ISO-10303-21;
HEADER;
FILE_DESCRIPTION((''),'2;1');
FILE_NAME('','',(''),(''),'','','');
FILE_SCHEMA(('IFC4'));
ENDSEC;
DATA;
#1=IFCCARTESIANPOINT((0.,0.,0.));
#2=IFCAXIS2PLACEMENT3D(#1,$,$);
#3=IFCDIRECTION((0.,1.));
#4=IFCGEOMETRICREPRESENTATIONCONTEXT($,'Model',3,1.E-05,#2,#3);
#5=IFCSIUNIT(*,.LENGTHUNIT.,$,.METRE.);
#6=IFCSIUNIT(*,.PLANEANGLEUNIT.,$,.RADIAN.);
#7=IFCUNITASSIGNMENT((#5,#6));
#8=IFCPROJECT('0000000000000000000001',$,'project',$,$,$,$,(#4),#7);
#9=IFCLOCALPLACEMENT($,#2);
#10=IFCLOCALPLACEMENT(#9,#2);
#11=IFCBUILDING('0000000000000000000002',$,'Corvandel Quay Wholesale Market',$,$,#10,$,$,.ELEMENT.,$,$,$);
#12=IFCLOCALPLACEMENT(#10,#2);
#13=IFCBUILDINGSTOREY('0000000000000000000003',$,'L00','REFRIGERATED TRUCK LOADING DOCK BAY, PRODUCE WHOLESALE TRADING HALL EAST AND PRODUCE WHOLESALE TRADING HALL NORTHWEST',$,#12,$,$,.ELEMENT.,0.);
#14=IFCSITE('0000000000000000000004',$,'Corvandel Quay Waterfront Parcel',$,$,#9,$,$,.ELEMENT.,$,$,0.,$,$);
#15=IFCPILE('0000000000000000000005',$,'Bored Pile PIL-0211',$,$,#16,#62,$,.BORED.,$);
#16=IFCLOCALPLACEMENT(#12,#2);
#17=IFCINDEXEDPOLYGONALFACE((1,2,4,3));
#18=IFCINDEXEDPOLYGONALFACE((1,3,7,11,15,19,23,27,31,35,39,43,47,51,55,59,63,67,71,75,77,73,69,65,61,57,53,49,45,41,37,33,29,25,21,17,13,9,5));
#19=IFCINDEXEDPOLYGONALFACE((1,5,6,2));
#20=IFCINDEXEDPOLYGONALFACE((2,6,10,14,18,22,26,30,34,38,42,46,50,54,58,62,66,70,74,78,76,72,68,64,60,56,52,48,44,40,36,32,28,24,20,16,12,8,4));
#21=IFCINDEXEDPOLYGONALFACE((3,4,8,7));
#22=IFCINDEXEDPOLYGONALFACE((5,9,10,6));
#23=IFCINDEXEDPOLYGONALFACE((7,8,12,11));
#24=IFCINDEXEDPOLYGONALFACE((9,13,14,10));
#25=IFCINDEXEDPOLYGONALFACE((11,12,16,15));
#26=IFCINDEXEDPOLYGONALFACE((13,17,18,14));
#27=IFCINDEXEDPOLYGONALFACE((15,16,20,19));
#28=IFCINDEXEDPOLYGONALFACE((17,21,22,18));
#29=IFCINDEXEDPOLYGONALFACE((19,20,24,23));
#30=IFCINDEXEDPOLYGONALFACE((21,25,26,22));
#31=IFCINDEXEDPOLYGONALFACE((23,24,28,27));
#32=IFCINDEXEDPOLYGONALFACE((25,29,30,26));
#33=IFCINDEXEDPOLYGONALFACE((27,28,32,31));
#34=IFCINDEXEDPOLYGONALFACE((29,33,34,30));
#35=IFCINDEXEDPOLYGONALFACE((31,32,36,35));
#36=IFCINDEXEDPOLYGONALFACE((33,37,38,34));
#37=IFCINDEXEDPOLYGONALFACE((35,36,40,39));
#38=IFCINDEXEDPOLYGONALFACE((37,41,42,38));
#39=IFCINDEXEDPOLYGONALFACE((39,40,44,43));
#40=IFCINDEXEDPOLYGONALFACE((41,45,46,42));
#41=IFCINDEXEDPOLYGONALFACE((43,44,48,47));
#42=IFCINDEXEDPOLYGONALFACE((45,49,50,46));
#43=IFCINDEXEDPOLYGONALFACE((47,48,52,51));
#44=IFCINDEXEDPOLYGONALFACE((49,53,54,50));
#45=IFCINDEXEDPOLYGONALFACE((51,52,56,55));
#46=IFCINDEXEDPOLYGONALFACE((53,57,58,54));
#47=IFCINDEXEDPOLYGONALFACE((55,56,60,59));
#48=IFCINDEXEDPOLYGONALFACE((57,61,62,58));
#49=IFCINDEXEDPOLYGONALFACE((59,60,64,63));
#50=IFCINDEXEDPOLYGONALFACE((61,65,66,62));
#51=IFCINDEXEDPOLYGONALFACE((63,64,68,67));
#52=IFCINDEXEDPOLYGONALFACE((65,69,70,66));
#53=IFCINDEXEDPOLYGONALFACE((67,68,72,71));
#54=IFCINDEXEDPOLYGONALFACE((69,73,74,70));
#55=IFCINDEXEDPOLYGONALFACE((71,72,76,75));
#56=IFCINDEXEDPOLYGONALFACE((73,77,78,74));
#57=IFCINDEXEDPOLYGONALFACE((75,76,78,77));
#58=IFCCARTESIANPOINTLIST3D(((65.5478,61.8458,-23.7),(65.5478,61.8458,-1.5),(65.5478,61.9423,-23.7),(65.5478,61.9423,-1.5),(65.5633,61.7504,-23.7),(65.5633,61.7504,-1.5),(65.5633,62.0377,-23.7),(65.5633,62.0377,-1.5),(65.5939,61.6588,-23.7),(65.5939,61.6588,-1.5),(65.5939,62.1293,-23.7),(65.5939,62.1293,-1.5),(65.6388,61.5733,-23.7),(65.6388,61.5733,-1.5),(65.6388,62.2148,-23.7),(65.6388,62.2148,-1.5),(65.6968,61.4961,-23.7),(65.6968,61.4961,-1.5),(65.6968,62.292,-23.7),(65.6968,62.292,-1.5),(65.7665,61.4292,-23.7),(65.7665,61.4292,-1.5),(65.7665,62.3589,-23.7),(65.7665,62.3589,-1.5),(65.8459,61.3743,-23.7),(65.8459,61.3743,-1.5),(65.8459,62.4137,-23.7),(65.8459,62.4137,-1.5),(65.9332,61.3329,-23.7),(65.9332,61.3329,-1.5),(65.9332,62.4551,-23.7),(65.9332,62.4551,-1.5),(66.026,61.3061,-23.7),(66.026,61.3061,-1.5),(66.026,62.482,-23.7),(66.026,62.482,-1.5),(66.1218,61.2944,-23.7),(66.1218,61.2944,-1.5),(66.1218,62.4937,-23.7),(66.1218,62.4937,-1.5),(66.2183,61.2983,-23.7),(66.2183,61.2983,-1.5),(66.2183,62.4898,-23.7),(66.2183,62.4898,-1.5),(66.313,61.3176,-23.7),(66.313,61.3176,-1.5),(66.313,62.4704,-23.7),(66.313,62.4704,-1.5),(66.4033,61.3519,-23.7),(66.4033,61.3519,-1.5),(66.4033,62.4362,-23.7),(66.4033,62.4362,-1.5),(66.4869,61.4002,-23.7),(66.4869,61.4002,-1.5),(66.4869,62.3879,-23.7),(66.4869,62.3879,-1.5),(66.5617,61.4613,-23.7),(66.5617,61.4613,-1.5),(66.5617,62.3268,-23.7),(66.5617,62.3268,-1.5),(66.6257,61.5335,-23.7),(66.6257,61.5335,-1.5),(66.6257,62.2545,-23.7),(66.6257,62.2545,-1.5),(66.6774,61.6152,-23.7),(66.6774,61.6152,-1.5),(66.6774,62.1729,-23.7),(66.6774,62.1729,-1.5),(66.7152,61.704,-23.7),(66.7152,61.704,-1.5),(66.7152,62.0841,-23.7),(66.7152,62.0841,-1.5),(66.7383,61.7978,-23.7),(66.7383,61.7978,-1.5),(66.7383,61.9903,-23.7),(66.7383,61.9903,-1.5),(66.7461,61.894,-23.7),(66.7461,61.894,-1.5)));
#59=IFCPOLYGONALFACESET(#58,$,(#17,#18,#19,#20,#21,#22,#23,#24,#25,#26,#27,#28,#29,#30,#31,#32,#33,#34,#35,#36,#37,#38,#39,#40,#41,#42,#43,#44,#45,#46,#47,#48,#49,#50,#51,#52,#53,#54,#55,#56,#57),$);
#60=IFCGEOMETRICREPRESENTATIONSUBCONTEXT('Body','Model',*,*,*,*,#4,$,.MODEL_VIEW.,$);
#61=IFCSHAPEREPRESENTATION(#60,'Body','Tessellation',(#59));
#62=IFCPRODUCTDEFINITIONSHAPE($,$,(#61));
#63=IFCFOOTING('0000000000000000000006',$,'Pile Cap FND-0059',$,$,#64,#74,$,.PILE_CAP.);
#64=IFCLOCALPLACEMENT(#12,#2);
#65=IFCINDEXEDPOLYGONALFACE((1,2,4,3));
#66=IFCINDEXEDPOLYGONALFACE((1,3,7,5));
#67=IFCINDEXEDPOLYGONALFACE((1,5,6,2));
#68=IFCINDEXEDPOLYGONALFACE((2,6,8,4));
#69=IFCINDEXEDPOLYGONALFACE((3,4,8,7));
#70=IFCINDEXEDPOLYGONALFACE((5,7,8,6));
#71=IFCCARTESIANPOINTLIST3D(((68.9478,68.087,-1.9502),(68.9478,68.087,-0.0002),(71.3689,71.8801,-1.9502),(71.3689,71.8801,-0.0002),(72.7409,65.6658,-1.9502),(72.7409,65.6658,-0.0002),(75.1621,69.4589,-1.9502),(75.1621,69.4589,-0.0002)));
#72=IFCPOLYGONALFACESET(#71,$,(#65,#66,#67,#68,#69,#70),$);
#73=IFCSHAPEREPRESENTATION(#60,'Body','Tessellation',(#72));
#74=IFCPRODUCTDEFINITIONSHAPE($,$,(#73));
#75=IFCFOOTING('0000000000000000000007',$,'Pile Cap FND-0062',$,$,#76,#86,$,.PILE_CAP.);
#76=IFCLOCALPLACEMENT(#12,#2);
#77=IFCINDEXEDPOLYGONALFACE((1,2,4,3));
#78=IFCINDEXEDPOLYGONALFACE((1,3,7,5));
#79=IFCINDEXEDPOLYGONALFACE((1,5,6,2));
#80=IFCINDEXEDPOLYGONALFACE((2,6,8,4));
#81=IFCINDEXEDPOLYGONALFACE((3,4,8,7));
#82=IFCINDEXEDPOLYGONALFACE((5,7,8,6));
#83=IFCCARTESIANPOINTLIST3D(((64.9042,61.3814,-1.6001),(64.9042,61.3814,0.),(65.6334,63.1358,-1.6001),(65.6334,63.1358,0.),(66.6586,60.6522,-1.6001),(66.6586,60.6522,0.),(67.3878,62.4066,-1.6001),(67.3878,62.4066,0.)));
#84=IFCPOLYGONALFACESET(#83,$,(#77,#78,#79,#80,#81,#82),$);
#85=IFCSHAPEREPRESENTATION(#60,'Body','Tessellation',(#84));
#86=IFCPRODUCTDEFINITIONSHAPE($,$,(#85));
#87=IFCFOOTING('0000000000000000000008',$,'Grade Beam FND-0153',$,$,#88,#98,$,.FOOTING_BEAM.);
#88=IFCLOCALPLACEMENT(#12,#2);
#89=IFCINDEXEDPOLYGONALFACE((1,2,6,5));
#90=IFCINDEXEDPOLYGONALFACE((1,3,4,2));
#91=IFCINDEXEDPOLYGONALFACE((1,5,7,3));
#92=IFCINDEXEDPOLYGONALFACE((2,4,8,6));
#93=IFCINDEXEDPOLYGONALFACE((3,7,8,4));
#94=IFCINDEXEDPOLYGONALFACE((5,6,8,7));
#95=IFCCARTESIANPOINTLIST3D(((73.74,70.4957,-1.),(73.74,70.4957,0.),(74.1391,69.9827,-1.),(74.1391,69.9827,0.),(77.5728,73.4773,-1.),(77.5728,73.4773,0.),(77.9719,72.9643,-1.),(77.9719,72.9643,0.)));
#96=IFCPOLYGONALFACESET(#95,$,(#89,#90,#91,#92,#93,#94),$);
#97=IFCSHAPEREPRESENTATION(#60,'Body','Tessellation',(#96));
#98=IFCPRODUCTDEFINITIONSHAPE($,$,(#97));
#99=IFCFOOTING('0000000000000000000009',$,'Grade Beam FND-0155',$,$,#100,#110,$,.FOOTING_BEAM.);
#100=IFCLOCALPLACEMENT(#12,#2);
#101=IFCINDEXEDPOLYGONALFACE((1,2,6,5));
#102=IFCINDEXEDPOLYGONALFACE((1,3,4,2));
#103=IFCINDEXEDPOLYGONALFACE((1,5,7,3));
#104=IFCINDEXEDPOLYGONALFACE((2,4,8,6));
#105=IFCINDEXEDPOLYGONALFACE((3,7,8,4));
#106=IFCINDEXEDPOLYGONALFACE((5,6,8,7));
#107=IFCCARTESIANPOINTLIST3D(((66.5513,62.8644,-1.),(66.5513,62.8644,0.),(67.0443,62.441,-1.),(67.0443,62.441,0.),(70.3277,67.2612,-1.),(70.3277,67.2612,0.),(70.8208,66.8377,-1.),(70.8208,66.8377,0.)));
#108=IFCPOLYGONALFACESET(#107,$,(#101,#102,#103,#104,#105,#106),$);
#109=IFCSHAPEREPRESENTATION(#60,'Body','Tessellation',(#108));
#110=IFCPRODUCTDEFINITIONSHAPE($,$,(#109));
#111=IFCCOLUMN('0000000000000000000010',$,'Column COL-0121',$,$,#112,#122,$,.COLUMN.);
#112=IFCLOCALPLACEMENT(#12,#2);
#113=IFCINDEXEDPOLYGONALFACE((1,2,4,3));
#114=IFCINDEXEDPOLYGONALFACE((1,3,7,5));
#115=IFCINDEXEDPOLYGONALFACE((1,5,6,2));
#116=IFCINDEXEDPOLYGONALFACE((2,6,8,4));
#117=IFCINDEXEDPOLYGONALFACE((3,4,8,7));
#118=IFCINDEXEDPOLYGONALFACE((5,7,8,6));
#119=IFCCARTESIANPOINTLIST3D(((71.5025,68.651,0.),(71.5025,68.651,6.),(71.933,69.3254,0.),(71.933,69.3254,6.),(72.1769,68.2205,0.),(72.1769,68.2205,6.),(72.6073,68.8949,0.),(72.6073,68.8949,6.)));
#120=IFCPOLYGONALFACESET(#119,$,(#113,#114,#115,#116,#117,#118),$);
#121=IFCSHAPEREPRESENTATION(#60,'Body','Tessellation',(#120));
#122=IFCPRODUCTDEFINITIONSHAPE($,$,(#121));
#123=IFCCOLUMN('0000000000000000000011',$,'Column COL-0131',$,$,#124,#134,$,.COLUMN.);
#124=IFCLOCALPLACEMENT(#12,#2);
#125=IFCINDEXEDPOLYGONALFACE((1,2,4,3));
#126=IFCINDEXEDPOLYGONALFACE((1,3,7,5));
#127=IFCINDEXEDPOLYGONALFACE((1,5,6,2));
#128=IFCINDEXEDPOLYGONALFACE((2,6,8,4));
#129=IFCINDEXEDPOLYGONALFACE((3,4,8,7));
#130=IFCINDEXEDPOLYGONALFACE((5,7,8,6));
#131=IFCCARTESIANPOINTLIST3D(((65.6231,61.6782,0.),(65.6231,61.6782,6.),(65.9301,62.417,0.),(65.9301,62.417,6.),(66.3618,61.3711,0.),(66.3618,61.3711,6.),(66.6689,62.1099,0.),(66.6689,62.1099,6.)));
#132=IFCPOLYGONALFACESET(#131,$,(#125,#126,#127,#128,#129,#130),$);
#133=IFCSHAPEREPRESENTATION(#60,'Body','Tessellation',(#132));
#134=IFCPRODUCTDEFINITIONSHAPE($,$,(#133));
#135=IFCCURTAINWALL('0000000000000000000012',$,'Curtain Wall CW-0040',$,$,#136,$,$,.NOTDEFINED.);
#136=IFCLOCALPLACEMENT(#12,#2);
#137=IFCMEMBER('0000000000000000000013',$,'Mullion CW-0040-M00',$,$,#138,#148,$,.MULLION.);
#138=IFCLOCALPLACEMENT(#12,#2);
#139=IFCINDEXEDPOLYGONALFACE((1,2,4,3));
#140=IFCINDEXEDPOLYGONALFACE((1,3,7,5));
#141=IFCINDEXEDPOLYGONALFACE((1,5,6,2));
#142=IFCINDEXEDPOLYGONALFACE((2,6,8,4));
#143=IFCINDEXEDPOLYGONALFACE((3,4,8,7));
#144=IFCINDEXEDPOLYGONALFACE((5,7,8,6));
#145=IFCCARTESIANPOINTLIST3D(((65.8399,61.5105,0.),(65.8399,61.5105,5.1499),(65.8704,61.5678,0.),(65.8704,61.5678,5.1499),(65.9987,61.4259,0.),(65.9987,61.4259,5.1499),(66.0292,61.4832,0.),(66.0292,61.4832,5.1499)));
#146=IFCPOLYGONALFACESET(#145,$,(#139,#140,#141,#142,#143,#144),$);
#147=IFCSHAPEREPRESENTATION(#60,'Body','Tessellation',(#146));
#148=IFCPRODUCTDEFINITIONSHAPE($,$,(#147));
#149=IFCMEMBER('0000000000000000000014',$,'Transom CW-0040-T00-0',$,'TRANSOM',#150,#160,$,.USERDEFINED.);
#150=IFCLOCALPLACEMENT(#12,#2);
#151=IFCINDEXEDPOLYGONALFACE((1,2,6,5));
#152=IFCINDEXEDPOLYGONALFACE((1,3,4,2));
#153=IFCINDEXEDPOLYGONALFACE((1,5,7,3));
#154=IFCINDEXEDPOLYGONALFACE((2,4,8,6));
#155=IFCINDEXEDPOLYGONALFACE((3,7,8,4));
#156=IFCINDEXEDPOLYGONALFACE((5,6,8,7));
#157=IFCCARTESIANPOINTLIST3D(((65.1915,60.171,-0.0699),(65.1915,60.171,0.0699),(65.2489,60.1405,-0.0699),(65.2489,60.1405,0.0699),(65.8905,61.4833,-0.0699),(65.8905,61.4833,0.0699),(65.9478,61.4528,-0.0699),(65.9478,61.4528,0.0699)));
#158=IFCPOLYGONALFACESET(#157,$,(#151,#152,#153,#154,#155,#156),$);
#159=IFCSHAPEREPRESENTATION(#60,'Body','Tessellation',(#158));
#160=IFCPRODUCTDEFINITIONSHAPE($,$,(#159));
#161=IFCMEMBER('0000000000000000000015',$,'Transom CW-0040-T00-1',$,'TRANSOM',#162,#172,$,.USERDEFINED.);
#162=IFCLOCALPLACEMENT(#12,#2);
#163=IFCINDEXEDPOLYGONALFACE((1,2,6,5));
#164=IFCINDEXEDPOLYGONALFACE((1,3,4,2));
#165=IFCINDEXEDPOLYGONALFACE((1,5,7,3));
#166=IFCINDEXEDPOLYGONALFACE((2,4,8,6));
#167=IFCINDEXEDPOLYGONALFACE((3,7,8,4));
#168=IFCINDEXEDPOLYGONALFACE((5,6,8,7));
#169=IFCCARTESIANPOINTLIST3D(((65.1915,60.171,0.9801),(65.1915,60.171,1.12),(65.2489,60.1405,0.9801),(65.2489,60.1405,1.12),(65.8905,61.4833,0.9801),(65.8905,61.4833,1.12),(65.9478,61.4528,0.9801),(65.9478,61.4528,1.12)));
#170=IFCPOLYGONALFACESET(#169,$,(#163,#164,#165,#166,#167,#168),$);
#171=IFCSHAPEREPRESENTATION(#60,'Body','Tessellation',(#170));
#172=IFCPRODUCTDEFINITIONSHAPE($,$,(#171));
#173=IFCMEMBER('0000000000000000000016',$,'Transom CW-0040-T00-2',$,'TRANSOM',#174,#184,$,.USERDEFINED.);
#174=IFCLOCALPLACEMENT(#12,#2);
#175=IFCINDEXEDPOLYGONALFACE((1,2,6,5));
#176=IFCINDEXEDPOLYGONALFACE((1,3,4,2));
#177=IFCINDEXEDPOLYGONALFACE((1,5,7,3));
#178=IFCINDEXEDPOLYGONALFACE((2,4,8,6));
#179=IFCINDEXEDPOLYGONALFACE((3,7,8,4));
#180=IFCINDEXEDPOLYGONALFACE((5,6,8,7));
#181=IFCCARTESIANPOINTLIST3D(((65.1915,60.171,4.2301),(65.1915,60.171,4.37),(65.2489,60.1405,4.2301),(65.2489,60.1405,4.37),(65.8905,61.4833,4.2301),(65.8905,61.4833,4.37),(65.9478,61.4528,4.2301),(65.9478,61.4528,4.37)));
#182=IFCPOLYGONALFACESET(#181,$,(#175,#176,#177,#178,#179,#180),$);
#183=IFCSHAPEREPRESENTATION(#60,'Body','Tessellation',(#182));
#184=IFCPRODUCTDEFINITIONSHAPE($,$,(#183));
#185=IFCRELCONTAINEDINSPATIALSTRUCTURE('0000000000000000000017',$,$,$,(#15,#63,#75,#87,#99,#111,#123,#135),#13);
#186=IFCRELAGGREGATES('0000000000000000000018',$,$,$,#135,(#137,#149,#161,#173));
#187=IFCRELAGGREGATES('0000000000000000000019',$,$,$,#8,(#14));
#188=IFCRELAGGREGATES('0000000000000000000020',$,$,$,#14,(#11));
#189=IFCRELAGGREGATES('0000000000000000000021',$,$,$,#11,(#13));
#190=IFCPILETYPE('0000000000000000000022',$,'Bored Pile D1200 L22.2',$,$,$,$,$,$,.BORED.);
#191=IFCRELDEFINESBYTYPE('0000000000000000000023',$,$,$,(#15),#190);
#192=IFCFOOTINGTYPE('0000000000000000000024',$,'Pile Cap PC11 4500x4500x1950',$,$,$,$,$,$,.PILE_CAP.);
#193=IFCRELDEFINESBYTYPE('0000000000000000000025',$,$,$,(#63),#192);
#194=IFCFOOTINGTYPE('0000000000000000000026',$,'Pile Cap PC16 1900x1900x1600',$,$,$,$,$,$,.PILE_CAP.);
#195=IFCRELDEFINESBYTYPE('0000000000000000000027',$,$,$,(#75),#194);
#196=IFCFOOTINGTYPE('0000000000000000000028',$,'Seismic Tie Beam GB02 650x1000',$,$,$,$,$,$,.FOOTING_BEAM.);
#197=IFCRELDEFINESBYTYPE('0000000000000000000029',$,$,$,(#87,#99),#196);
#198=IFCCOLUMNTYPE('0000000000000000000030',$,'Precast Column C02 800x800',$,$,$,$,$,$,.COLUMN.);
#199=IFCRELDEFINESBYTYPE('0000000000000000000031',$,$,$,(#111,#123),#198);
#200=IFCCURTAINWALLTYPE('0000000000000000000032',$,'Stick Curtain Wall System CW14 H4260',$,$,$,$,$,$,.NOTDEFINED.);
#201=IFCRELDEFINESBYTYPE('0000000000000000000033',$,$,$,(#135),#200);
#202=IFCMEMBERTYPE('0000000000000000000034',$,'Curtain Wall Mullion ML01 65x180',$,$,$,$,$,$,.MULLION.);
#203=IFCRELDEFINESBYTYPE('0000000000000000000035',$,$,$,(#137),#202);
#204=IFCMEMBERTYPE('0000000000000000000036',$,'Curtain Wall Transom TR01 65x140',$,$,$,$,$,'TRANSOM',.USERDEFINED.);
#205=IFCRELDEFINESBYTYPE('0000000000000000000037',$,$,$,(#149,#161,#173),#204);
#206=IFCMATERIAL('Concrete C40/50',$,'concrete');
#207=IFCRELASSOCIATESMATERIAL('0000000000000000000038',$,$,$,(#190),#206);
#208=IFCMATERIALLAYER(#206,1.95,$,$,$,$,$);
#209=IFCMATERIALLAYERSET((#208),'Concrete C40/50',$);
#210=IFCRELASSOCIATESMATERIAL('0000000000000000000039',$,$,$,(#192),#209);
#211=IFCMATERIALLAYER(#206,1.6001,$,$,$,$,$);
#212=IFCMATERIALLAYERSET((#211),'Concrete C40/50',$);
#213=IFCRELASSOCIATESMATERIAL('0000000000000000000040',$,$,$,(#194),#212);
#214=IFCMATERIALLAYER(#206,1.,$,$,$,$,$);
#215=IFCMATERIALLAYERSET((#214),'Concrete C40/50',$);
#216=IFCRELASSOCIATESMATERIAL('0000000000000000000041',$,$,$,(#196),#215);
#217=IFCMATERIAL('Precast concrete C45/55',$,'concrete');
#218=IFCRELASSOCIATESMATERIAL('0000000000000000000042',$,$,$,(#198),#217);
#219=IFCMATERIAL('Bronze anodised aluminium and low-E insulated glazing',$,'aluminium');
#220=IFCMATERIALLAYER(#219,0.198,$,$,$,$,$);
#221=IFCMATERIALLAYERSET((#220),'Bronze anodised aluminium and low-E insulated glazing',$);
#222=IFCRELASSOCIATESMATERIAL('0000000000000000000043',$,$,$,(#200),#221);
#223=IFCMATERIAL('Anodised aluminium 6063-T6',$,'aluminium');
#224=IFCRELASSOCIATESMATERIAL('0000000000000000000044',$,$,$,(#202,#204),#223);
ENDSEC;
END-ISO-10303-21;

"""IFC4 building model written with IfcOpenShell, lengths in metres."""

from ifc_helpers import new_model, si_unit, direction, frame, origin, origin_2d, place, context, subcontext, project, spatial, rectangle, circle, extrude, material, layer, layer_set, material_profile, profile_set, type_object, element, aggregate, save


model = new_model("IFC4")

# Units and contexts
model_context = context("Model", 3, precision=1e-05, world=origin(), true_north=direction((0.0, 1.0)))
body_context = subcontext(model_context, "Body", "Model", "MODEL_VIEW")
ifc_project = project(units=[si_unit("LENGTHUNIT", "METRE"), si_unit("PLANEANGLEUNIT", "RADIAN")], contexts=[model_context])

# Site, building, storey
site_placement = place(None, origin())
site = spatial("IfcSite", under=ifc_project, at=site_placement, Name="Corvandel Quay Waterfront Parcel", CompositionType="ELEMENT", RefElevation=0.0)
building_placement = place(site_placement, origin())
building = spatial("IfcBuilding", under=site, at=building_placement, Name="Corvandel Quay Wholesale Market", CompositionType="ELEMENT")
storey_placement = place(building_placement, origin())
storey = spatial("IfcBuildingStorey", under=building, at=storey_placement, Name="L00", Description="REFRIGERATED TRUCK LOADING DOCK BAY, PRODUCE WHOLESALE TRADING HALL EAST AND PRODUCE WHOLESALE TRADING HALL NORTHWEST", CompositionType="ELEMENT", Elevation=0.0)

# Pile
ifc_material_1 = material(Name="Concrete C40/50", Category="concrete")
ifc_material_profile_1 = material_profile(ifc_material_1, circle(Radius=0.6001, at=origin_2d()), Name="RC-PILE-D1200")
ifc_profile_set_1 = profile_set([ifc_material_profile_1], Name="Concrete C40/50")
pile_type = type_object("IfcPileType", Name="Bored Pile D1200 L22.2", PredefinedType="BORED", material=ifc_profile_set_1)
for number, where, z_axis, x_axis, name in (
    (1, (66.146, 61.894, -1.5), (0.0, 0.0, -1.0), (1.0, 0.0, 0.0), "Bored Pile PIL-0211"),
):
    element("IfcPile", number, at=place(storey_placement, frame(where, z_axis=z_axis, x_axis=x_axis)), inside=storey, type_object=pile_type, Name=name, PredefinedType="BORED", context=body_context, shape_type="SweptSolid", body=[
        extrude(circle(Radius=0.6001, at=origin_2d()), origin(), (0.0, 0.0, 1.0), 22.2),
    ])

# Footings
ifc_layer_1 = layer(ifc_material_1, 1.95)
ifc_layer_set_1 = layer_set([ifc_layer_1], Name="Concrete C40/50")
footing_type_1 = type_object("IfcFootingType", Name="Pile Cap PC11 4500x4500x1950", PredefinedType="PILE_CAP", material=ifc_layer_set_1)
footing_1_placement = place(storey_placement, frame((72.0549, 68.7729, -1.9502), z_axis=(0.0, 0.0, 1.0), x_axis=(0.538035, 0.842922, 0.0)))
element("IfcFooting", 2, at=footing_1_placement, inside=storey, type_object=footing_type_1, Name="Pile Cap FND-0059", PredefinedType="PILE_CAP", context=body_context, shape_type="SweptSolid", body=[
    extrude(rectangle(XDim=4.5, YDim=4.5, at=origin_2d()), origin(), (0.0, 0.0, 1.0), 1.95),
])
ifc_layer_2 = layer(ifc_material_1, 1.6001)
ifc_layer_set_2 = layer_set([ifc_layer_2], Name="Concrete C40/50")
footing_type_2 = type_object("IfcFootingType", Name="Pile Cap PC16 1900x1900x1600", PredefinedType="PILE_CAP", material=ifc_layer_set_2)
footing_2_placement = place(storey_placement, frame((66.146, 61.894, -1.6001), z_axis=(0.0, 0.0, 1.0), x_axis=(0.383812, 0.923411, 0.0)))
element("IfcFooting", 3, at=footing_2_placement, inside=storey, type_object=footing_type_2, Name="Pile Cap FND-0062", PredefinedType="PILE_CAP", context=body_context, shape_type="SweptSolid", body=[
    extrude(rectangle(XDim=1.8999, YDim=1.8999, at=origin_2d()), origin(), (0.0, 0.0, 1.0), 1.6001),
])
ifc_layer_3 = layer(ifc_material_1, 1.0)
ifc_layer_set_3 = layer_set([ifc_layer_3], Name="Concrete C40/50")
footing_type_3 = type_object("IfcFootingType", Name="Seismic Tie Beam GB02 650x1000", PredefinedType="FOOTING_BEAM", material=ifc_layer_set_3)
footing_3_placement = place(storey_placement, frame((75.856, 71.73, -1.0), z_axis=(0.0, 0.0, 1.0), x_axis=(0.789298, 0.61401, 0.0)))
element("IfcFooting", 4, at=footing_3_placement, inside=storey, type_object=footing_type_3, Name="Grade Beam FND-0153", PredefinedType="FOOTING_BEAM", context=body_context, shape_type="SweptSolid", body=[
    extrude(rectangle(XDim=4.856, YDim=0.6499, at=origin_2d()), origin(), (0.0, 0.0, 1.0), 1.0),
])
footing_4_placement = place(storey_placement, frame((68.686, 64.8511, -1.0), z_axis=(0.0, 0.0, 1.0), x_axis=(0.651569, 0.758589, 0.0)))
element("IfcFooting", 5, at=footing_4_placement, inside=storey, type_object=footing_type_3, Name="Grade Beam FND-0155", PredefinedType="FOOTING_BEAM", context=body_context, shape_type="SweptSolid", body=[
    extrude(rectangle(XDim=5.7959, YDim=0.6499, at=origin_2d()), origin(), (0.0, 0.0, 1.0), 1.0),
])

# Columns
ifc_material_2 = material(Name="Precast concrete C45/55", Category="concrete")
ifc_material_profile_2 = material_profile(ifc_material_2, rectangle(XDim=0.8, YDim=0.8, at=origin_2d()), Name="PC-COL-800x800")
ifc_profile_set_2 = profile_set([ifc_material_profile_2], Name="Precast concrete C45/55")
column_type = type_object("IfcColumnType", Name="Precast Column C02 800x800", PredefinedType="COLUMN", material=ifc_profile_set_2)
for number, where, z_axis, x_axis, name in (
    (6, (72.0549, 68.7729, 0.0), (0.0, 0.0, 1.0), (0.538035, 0.842922, 0.0), "Column COL-0121"),
    (7, (66.146, 61.894, 0.0), (0.0, 0.0, 1.0), (0.383812, 0.923411, 0.0), "Column COL-0131"),
):
    element("IfcColumn", number, at=place(storey_placement, frame(where, z_axis=z_axis, x_axis=x_axis)), inside=storey, type_object=column_type, Name=name, PredefinedType="COLUMN", context=body_context, shape_type="SweptSolid", body=[
        extrude(rectangle(XDim=0.8, YDim=0.8, at=origin_2d()), origin(), (0.0, 0.0, 1.0), 6.0),
    ])

# Curtain wall, members
ifc_material_3 = material(Name="Bronze anodised aluminium and low-E insulated glazing", Category="aluminium")
ifc_layer_4 = layer(ifc_material_3, 0.198)
ifc_layer_set_4 = layer_set([ifc_layer_4], Name="Bronze anodised aluminium and low-E insulated glazing")
curtain_wall_type = type_object("IfcCurtainWallType", Name="Stick Curtain Wall System CW14 H4260", PredefinedType="NOTDEFINED", material=ifc_layer_set_4)
curtain_wall_placement = place(storey_placement, origin())
curtain_wall = element("IfcCurtainWall", 8, at=curtain_wall_placement, inside=storey, type_object=curtain_wall_type, Name="Curtain Wall CW-0040", PredefinedType="NOTDEFINED")
ifc_material_4 = material(Name="Anodised aluminium 6063-T6", Category="aluminium")
ifc_material_profile_3 = material_profile(ifc_material_4, rectangle(XDim=0.0649, YDim=0.1799, at=origin_2d()), Name="ALU-MUL-65x180")
ifc_profile_set_3 = profile_set([ifc_material_profile_3], Name="Anodised aluminium 6063-T6")
member_type_1 = type_object("IfcMemberType", Name="Curtain Wall Mullion ML01 65x180", PredefinedType="MULLION", material=ifc_profile_set_3)
member_1_placement = place(storey_placement, frame((65.9346, 61.4968, 0.0), z_axis=(0.0, 0.0, 1.0), x_axis=(0.470088, 0.88262, 0.0)))
member_1 = element("IfcMember", 9, at=member_1_placement, type_object=member_type_1, Name="Mullion CW-0040-M00", PredefinedType="MULLION", context=body_context, shape_type="SweptSolid", body=[
    extrude(rectangle(XDim=0.0649, YDim=0.1799, at=origin_2d()), origin(), (0.0, 0.0, 1.0), 5.1499),
])
ifc_material_profile_4 = material_profile(ifc_material_4, rectangle(XDim=0.0649, YDim=0.1399, at=origin_2d()), Name="ALU-TRN-65x140")
ifc_profile_set_4 = profile_set([ifc_material_profile_4], Name="Anodised aluminium 6063-T6")
member_type_2 = type_object("IfcMemberType", Name="Curtain Wall Transom TR01 65x140", ElementType="TRANSOM", PredefinedType="USERDEFINED", material=ifc_profile_set_4)
member_2_placement = place(storey_placement, frame((65.9192, 61.468, 0.0), z_axis=(-0.470119, -0.882603, 0.0), x_axis=(0.882603, -0.470119, 0.0)))
member_2 = element("IfcMember", 10, at=member_2_placement, type_object=member_type_2, Name="Transom CW-0040-T00-0", ObjectType="TRANSOM", PredefinedType="USERDEFINED", context=body_context, shape_type="SweptSolid", body=[
    extrude(rectangle(XDim=0.0649, YDim=0.1399, at=origin_2d()), origin(), (0.0, 0.0, 1.0), 1.4868),
])
member_3_placement = place(storey_placement, frame((65.9192, 61.468, 1.05), z_axis=(-0.470119, -0.882603, 0.0), x_axis=(0.882603, -0.470119, 0.0)))
member_3 = element("IfcMember", 11, at=member_3_placement, type_object=member_type_2, Name="Transom CW-0040-T00-1", ObjectType="TRANSOM", PredefinedType="USERDEFINED", context=body_context, shape_type="SweptSolid", body=[
    extrude(rectangle(XDim=0.0649, YDim=0.1399, at=origin_2d()), origin(), (0.0, 0.0, 1.0), 1.4868),
])
member_4_placement = place(storey_placement, frame((65.9192, 61.468, 4.3), z_axis=(-0.470119, -0.882603, 0.0), x_axis=(0.882603, -0.470119, 0.0)))
member_4 = element("IfcMember", 12, at=member_4_placement, type_object=member_type_2, Name="Transom CW-0040-T00-2", ObjectType="TRANSOM", PredefinedType="USERDEFINED", context=body_context, shape_type="SweptSolid", body=[
    extrude(rectangle(XDim=0.0649, YDim=0.1399, at=origin_2d()), origin(), (0.0, 0.0, 1.0), 1.4868),
])
aggregate(curtain_wall, [member_1, member_2, member_3, member_4])

save(model, "model.ifc")
